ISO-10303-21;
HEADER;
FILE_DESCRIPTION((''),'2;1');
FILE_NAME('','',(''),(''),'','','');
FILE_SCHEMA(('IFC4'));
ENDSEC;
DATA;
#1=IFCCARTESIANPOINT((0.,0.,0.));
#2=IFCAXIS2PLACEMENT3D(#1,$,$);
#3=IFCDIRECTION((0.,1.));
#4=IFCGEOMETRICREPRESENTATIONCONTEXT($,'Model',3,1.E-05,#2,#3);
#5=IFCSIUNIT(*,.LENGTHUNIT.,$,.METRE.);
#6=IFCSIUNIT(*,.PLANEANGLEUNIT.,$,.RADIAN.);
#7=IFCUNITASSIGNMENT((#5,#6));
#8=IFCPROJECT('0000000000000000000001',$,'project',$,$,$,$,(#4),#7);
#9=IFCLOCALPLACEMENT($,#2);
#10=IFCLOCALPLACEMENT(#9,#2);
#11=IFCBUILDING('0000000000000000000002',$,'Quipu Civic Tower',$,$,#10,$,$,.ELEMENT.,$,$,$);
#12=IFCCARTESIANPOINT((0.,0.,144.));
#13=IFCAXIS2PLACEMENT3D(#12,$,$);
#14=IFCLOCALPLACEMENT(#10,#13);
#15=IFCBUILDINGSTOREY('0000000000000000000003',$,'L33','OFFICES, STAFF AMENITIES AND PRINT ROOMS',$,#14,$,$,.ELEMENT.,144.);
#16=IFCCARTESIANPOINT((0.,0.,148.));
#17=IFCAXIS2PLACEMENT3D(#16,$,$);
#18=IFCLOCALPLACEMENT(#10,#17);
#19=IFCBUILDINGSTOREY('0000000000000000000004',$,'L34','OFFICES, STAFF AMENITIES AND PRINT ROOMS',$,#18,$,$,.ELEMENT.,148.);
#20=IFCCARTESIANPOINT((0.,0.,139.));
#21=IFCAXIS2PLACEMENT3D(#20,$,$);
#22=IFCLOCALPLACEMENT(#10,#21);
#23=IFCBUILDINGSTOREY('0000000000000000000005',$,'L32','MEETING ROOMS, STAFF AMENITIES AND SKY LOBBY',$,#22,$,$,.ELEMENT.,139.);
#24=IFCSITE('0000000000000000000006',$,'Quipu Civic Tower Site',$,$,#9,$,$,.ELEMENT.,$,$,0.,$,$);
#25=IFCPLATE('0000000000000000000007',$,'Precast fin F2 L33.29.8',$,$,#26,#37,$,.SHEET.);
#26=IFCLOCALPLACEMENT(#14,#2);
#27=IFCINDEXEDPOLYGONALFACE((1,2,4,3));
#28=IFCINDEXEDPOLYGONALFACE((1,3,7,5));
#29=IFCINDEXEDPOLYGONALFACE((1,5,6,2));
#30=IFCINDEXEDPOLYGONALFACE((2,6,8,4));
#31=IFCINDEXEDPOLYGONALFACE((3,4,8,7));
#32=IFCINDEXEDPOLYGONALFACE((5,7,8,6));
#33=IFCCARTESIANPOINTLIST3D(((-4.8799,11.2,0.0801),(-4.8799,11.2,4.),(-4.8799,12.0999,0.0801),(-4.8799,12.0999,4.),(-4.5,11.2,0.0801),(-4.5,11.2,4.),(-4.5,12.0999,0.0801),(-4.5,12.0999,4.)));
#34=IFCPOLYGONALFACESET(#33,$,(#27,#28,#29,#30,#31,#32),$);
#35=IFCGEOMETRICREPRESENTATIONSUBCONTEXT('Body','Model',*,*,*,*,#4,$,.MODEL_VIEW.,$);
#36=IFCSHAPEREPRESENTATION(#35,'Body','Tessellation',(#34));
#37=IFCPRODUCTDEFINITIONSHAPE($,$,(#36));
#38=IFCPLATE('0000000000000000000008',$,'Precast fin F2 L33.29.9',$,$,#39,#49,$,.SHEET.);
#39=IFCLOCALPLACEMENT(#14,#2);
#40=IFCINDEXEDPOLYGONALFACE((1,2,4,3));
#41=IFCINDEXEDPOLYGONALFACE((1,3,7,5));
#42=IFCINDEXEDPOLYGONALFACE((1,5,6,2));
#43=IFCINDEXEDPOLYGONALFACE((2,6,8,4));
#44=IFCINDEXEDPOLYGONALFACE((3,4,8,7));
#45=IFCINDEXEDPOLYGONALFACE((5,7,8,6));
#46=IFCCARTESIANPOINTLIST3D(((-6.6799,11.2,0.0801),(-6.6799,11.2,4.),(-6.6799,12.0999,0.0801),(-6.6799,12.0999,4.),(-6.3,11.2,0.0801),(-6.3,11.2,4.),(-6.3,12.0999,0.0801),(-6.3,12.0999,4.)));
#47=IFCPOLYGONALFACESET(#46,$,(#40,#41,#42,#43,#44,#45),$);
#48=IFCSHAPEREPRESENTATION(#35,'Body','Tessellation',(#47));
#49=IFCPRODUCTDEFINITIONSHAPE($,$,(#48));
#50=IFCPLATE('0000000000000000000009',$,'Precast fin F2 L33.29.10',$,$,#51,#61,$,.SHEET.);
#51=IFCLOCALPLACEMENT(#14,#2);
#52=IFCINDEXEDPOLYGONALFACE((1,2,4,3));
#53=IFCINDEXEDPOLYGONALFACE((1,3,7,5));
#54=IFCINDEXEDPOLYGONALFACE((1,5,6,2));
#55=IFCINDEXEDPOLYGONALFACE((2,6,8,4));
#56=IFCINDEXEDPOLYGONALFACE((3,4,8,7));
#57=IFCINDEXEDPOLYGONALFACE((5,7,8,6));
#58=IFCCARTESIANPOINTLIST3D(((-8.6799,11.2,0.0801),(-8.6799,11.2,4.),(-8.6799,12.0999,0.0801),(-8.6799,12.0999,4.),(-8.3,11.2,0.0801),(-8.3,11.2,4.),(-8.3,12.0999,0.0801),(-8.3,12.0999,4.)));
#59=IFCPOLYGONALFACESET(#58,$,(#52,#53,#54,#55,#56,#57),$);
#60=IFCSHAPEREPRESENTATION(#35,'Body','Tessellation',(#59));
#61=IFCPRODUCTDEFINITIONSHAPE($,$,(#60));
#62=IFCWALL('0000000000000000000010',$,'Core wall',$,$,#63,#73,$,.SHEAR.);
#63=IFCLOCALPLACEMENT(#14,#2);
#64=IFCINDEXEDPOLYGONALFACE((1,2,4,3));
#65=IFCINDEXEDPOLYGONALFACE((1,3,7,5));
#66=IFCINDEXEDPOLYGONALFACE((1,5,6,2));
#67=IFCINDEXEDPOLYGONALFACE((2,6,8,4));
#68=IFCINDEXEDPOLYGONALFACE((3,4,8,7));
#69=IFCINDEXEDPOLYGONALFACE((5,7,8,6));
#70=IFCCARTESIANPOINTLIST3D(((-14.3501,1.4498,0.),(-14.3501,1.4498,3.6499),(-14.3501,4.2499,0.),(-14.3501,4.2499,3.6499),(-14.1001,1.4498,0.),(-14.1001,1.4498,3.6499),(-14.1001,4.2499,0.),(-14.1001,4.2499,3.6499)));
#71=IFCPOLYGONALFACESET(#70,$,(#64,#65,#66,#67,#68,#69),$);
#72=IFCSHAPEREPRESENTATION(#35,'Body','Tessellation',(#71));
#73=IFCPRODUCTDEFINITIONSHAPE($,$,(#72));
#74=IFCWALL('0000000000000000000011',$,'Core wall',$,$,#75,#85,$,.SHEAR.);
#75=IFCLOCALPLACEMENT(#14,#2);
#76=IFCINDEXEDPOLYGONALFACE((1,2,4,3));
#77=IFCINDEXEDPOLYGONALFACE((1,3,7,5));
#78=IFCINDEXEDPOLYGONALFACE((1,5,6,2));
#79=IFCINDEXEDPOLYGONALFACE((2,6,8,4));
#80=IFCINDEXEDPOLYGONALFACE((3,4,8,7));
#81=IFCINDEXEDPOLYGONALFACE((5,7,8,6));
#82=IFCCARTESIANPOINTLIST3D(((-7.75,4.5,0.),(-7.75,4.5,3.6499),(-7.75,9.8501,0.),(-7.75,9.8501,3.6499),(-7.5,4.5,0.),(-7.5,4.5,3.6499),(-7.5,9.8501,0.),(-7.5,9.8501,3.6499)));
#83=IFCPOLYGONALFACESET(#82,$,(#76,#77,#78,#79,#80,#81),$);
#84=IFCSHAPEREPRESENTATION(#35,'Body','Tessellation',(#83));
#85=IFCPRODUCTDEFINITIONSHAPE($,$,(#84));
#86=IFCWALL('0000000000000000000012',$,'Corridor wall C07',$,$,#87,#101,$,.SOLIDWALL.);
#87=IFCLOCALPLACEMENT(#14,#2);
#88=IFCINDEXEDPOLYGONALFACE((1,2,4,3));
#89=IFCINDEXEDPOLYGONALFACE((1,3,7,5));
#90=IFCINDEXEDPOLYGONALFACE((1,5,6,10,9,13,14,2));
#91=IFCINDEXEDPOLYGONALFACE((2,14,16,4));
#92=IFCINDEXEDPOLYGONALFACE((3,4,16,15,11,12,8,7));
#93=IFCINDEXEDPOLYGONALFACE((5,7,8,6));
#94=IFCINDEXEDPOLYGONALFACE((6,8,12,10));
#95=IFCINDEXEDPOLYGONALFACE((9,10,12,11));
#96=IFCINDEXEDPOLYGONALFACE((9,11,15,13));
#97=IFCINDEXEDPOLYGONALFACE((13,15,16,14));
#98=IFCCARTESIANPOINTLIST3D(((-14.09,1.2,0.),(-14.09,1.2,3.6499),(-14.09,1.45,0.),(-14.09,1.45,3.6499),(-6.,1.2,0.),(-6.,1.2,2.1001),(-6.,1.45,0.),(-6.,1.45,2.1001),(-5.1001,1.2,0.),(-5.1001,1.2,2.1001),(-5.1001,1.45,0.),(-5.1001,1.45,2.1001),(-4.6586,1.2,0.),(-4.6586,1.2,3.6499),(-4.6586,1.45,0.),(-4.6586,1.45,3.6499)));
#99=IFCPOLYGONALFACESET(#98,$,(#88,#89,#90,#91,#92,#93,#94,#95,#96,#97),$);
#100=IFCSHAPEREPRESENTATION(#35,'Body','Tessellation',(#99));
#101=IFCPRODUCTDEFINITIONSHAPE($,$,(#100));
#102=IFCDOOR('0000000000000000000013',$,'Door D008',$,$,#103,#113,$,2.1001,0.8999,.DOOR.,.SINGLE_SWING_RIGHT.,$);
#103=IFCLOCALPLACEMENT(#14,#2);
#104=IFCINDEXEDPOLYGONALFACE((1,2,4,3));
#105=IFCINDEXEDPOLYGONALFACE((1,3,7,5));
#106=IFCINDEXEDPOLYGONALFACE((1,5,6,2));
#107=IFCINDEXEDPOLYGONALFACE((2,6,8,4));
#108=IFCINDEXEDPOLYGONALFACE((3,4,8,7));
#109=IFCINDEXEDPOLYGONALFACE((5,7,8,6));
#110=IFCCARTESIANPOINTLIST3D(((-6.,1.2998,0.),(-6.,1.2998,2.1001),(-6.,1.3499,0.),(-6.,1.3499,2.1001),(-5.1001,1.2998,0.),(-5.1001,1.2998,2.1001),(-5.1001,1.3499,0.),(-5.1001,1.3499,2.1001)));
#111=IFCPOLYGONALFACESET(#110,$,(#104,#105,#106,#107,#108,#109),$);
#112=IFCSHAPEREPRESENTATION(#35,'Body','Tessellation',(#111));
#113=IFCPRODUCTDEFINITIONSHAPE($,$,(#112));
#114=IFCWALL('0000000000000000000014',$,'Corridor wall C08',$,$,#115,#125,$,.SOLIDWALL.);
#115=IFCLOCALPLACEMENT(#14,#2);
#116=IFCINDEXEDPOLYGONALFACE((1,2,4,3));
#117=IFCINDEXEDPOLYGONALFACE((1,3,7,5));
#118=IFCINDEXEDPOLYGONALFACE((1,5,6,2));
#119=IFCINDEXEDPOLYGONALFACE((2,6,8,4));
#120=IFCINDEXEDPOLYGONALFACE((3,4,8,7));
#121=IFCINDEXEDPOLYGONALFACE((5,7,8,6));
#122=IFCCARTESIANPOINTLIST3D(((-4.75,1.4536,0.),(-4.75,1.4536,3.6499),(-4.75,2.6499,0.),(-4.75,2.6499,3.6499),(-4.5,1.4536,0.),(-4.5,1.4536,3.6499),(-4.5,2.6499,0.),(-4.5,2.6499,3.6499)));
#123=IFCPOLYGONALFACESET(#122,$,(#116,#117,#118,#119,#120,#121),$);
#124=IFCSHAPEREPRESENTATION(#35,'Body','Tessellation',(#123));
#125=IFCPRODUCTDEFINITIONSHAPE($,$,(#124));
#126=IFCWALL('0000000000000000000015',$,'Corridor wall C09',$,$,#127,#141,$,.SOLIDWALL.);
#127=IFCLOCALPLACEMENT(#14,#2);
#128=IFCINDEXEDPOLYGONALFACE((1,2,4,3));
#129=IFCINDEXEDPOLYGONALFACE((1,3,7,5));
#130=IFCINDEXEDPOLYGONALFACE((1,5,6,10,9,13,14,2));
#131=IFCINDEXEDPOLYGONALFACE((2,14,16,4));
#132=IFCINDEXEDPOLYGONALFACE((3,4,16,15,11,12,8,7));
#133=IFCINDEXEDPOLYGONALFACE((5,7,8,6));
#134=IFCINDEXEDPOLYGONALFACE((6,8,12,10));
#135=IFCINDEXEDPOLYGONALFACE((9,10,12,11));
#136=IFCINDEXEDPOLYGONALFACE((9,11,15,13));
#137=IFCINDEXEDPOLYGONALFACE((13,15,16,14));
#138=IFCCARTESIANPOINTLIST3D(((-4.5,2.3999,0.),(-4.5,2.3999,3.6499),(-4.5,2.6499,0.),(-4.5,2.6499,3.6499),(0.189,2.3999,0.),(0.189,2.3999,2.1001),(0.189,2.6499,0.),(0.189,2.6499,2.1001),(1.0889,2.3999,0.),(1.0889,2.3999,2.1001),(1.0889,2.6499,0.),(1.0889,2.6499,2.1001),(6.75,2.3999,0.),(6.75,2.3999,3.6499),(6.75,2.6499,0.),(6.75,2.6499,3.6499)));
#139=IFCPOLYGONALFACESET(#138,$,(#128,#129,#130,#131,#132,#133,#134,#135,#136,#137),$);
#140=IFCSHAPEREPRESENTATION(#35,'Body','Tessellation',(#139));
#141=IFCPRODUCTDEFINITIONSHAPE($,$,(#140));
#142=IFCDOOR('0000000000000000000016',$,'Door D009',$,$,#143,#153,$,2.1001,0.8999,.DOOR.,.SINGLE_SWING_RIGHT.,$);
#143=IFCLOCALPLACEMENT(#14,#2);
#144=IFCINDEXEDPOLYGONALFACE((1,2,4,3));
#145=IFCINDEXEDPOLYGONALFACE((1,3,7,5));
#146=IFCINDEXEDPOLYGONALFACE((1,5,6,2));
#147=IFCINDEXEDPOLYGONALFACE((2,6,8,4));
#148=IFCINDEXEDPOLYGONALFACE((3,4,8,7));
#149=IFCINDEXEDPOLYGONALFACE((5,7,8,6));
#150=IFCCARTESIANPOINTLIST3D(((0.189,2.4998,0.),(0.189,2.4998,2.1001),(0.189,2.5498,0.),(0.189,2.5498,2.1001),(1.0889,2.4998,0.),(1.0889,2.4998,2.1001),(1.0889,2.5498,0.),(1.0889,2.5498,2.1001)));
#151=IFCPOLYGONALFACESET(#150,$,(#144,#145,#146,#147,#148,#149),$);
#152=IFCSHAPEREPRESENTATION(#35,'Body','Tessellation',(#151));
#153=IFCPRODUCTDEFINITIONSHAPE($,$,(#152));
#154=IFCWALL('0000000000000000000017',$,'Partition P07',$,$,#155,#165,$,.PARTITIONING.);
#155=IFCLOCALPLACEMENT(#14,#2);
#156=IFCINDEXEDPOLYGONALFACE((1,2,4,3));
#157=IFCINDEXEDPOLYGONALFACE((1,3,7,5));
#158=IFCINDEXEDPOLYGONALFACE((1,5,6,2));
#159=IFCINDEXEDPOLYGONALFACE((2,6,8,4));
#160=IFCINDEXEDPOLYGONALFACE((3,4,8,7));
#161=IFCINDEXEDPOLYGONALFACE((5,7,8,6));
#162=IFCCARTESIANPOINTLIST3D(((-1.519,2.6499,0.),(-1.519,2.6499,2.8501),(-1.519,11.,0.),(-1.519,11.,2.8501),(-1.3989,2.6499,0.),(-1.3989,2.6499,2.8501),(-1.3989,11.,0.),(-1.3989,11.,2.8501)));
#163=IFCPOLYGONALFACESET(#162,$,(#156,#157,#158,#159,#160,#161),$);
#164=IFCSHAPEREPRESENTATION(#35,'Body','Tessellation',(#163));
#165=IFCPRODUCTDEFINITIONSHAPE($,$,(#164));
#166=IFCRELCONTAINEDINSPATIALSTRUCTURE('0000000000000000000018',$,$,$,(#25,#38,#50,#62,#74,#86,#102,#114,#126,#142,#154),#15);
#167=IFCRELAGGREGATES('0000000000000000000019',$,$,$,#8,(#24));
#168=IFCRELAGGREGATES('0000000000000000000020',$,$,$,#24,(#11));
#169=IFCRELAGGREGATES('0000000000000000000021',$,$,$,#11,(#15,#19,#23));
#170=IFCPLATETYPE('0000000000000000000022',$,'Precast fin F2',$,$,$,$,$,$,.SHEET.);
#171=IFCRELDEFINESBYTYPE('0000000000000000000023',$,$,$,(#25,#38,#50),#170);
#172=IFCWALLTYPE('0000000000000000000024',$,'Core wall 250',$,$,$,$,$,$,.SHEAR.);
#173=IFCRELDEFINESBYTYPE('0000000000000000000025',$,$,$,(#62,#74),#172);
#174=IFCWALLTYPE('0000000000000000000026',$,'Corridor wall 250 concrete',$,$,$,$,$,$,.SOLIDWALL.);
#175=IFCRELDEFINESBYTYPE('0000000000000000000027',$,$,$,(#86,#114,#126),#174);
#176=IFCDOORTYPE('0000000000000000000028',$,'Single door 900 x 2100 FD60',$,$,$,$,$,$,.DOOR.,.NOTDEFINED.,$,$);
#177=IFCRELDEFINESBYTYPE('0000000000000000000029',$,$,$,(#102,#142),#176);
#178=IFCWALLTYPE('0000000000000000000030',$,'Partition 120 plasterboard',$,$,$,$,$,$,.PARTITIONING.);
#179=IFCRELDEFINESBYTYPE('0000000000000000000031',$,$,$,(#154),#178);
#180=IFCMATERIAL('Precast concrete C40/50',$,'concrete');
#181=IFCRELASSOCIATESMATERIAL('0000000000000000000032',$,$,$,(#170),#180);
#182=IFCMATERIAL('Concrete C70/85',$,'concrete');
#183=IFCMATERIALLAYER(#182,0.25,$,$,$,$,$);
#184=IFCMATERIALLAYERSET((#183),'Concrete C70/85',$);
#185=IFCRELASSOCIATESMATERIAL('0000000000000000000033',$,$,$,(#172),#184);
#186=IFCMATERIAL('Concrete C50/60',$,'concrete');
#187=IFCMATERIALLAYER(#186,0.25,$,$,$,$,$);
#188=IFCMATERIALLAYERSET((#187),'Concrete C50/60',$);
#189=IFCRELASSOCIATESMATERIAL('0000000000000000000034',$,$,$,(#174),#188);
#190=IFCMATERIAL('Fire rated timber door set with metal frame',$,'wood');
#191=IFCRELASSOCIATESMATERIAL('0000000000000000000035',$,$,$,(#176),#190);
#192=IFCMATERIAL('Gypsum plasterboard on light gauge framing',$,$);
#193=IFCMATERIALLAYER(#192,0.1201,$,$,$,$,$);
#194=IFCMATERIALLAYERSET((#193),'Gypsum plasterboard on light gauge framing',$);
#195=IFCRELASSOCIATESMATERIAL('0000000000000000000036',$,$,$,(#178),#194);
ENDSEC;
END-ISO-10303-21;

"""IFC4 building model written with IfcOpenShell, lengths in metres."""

from ifc_helpers import new_model, si_unit, direction, frame, frame_2d, origin, origin_2d, place, context, subcontext, project, spatial, rectangle, extrude, material, layer, layer_set, type_object, element, fill, save


model = new_model("IFC4")

# Units and contexts
model_context = context("Model", 3, precision=1e-05, world=origin(), true_north=direction((0.0, 1.0)))
body_context = subcontext(model_context, "Body", "Model", "MODEL_VIEW")
ifc_project = project(units=[si_unit("LENGTHUNIT", "METRE"), si_unit("PLANEANGLEUNIT", "RADIAN")], contexts=[model_context])

# Site, building, storey
site_placement = place(None, origin())
site = spatial("IfcSite", under=ifc_project, at=site_placement, Name="Quipu Civic Tower Site", CompositionType="ELEMENT", RefElevation=0.0)
building_placement = place(site_placement, origin())
building = spatial("IfcBuilding", under=site, at=building_placement, Name="Quipu Civic Tower", CompositionType="ELEMENT")
storey_1_placement = place(building_placement, frame((0.0, 0.0, 144.0)))
storey_1 = spatial("IfcBuildingStorey", under=building, at=storey_1_placement, Name="L33", Description="OFFICES, STAFF AMENITIES AND PRINT ROOMS", CompositionType="ELEMENT", Elevation=144.0)

# Shared definitions
storey_2_placement = place(building_placement, frame((0.0, 0.0, 148.0)))
storey_2 = spatial("IfcBuildingStorey", under=building, at=storey_2_placement, Name="L34", Description="OFFICES, STAFF AMENITIES AND PRINT ROOMS", CompositionType="ELEMENT", Elevation=148.0)

# Shared definitions
storey_3_placement = place(building_placement, frame((0.0, 0.0, 139.0)))
storey_3 = spatial("IfcBuildingStorey", under=building, at=storey_3_placement, Name="L32", Description="MEETING ROOMS, STAFF AMENITIES AND SKY LOBBY", CompositionType="ELEMENT", Elevation=139.0)

# Plates
ifc_material_1 = material(Name="Precast concrete C40/50", Category="concrete")
plate_type_1 = type_object("IfcPlateType", Name="Precast fin F2", PredefinedType="SHEET", material=ifc_material_1)
for number, where, z_axis, x_axis, name in (
    (1, (-4.6899, 11.6499, 0.0801), (0.0, 0.0, 1.0), (-1.0, 0.0, 0.0), "Precast fin F2 L33.29.8"),
    (2, (-6.49, 11.6499, 0.0801), (0.0, 0.0, 1.0), (-1.0, 0.0, 0.0), "Precast fin F2 L33.29.9"),
    (3, (-8.49, 11.6499, 0.0801), (0.0, 0.0, 1.0), (-1.0, 0.0, 0.0), "Precast fin F2 L33.29.10"),
):
    element("IfcPlate", number, at=place(storey_1_placement, frame(where, z_axis=z_axis, x_axis=x_axis)), inside=storey_1, type_object=plate_type_1, Name=name, PredefinedType="SHEET", context=body_context, shape_type="SweptSolid", body=[
        extrude(rectangle(XDim=0.3799, YDim=0.8999, at=origin_2d()), origin(), (0.0, 0.0, 1.0), 3.9199),
    ])

# Walls
ifc_material_2 = material(Name="Concrete C70/85", Category="concrete")
ifc_layer_1 = layer(ifc_material_2, 0.25)
ifc_layer_set_1 = layer_set([ifc_layer_1], Name="Concrete C70/85")
wall_type_1 = type_object("IfcWallType", Name="Core wall 250", PredefinedType="SHEAR", material=ifc_layer_set_1)
wall_1_placement = place(storey_1_placement, frame((-14.2251, 1.45, 0.0), z_axis=(0.0, 0.0, 1.0), x_axis=(0.0, 1.0, 0.0)))
element("IfcWall", 4, at=wall_1_placement, inside=storey_1, type_object=wall_type_1, Name="Core wall", PredefinedType="SHEAR", context=body_context, shape_type="SweptSolid", body=[
    extrude(rectangle(XDim=2.8, YDim=0.25, at=frame_2d((1.3999, 0.0))), origin(), (0.0, 0.0, 1.0), 3.6499),
])
wall_2_placement = place(storey_1_placement, frame((-7.625, 4.5, 0.0), z_axis=(0.0, 0.0, 1.0), x_axis=(0.0, 1.0, 0.0)))
element("IfcWall", 5, at=wall_2_placement, inside=storey_1, type_object=wall_type_1, Name="Core wall", PredefinedType="SHEAR", context=body_context, shape_type="SweptSolid", body=[
    extrude(rectangle(XDim=5.3501, YDim=0.25, at=frame_2d((2.675, 0.0))), origin(), (0.0, 0.0, 1.0), 3.6499),
])

# Wall, opening, door
ifc_material_3 = material(Name="Concrete C50/60", Category="concrete")
ifc_layer_2 = layer(ifc_material_3, 0.25)
ifc_layer_set_2 = layer_set([ifc_layer_2], Name="Concrete C50/60")
wall_type_2 = type_object("IfcWallType", Name="Corridor wall 250 concrete", PredefinedType="SOLIDWALL", material=ifc_layer_set_2)
wall_3_placement = place(storey_1_placement, frame((-14.0901, 1.325, 0.0), z_axis=(0.0, 0.0, 1.0), x_axis=(1.0, 0.0, 0.0)))
wall_3 = element("IfcWall", 6, at=wall_3_placement, inside=storey_1, type_object=wall_type_2, Name="Corridor wall C07", PredefinedType="SOLIDWALL", context=body_context, shape_type="SweptSolid", body=[
    extrude(rectangle(XDim=9.4314, YDim=0.25, at=frame_2d((4.7158, 0.0))), origin(), (0.0, 0.0, 1.0), 3.6499),
])
opening_1_placement = place(wall_3_placement, frame((8.0901, 0.0, 0.0)))
opening_1 = element("IfcOpeningElement", 7, at=opening_1_placement, cuts=wall_3, PredefinedType="OPENING", context=body_context, shape_type="SweptSolid", body=[
    extrude(rectangle(XDim=0.8999, YDim=2.1001, at=frame_2d((0.45, 1.05))), frame((0.0, 0.135, 0.0), z_axis=(0.0, -1.0, 0.0), x_axis=(1.0, 0.0, 0.0)), (0.0, 0.0, 1.0), 0.27),
])
ifc_material_4 = material(Name="Fire rated timber door set with metal frame", Category="wood")
door_type = type_object("IfcDoorType", Name="Single door 900 x 2100 FD60", OperationType="NOTDEFINED", PredefinedType="DOOR", material=ifc_material_4)
door_1_placement = place(opening_1_placement, origin())
door_1 = element("IfcDoor", 8, at=door_1_placement, inside=storey_1, type_object=door_type, Name="Door D008", OperationType="SINGLE_SWING_RIGHT", OverallHeight=2.1001, OverallWidth=0.8999, PredefinedType="DOOR", context=body_context, shape_type="SweptSolid", body=[
    extrude(rectangle(XDim=0.8999, YDim=2.1001, at=frame_2d((0.45, 1.05))), frame((0.0, 0.0249, 0.0), z_axis=(0.0, -1.0, 0.0), x_axis=(1.0, 0.0, 0.0)), (0.0, 0.0, 1.0), 0.05),
])
fill(opening_1, door_1)

# Wall
wall_4_placement = place(storey_1_placement, frame((-4.625, 1.4536, 0.0), z_axis=(0.0, 0.0, 1.0), x_axis=(0.0, 1.0, 0.0)))
element("IfcWall", 9, at=wall_4_placement, inside=storey_1, type_object=wall_type_2, Name="Corridor wall C08", PredefinedType="SOLIDWALL", context=body_context, shape_type="SweptSolid", body=[
    extrude(rectangle(XDim=1.1963, YDim=0.25, at=frame_2d((0.5981, 0.0))), origin(), (0.0, 0.0, 1.0), 3.6499),
])

# Wall, opening, door
wall_5_placement = place(storey_1_placement, frame((-4.5, 2.5249, 0.0), z_axis=(0.0, 0.0, 1.0), x_axis=(1.0, 0.0, 0.0)))
wall_5 = element("IfcWall", 10, at=wall_5_placement, inside=storey_1, type_object=wall_type_2, Name="Corridor wall C09", PredefinedType="SOLIDWALL", context=body_context, shape_type="SweptSolid", body=[
    extrude(rectangle(XDim=11.25, YDim=0.25, at=frame_2d((5.625, 0.0))), origin(), (0.0, 0.0, 1.0), 3.6499),
])
opening_2_placement = place(wall_5_placement, frame((4.689, 0.0, 0.0)))
opening_2 = element("IfcOpeningElement", 11, at=opening_2_placement, cuts=wall_5, PredefinedType="OPENING", context=body_context, shape_type="SweptSolid", body=[
    extrude(rectangle(XDim=0.8999, YDim=2.1001, at=frame_2d((0.45, 1.05))), frame((0.0, 0.135, 0.0), z_axis=(0.0, -1.0, 0.0), x_axis=(1.0, 0.0, 0.0)), (0.0, 0.0, 1.0), 0.27),
])
door_2_placement = place(opening_2_placement, origin())
door_2 = element("IfcDoor", 12, at=door_2_placement, inside=storey_1, type_object=door_type, Name="Door D009", OperationType="SINGLE_SWING_RIGHT", OverallHeight=2.1001, OverallWidth=0.8999, PredefinedType="DOOR", context=body_context, shape_type="SweptSolid", body=[
    extrude(rectangle(XDim=0.8999, YDim=2.1001, at=frame_2d((0.45, 1.05))), frame((0.0, 0.0249, 0.0), z_axis=(0.0, -1.0, 0.0), x_axis=(1.0, 0.0, 0.0)), (0.0, 0.0, 1.0), 0.05),
])
fill(opening_2, door_2)

# Wall
ifc_material_5 = material(Name="Gypsum plasterboard on light gauge framing")
ifc_layer_3 = layer(ifc_material_5, 0.1201)
ifc_layer_set_3 = layer_set([ifc_layer_3], Name="Gypsum plasterboard on light gauge framing")
wall_type_3 = type_object("IfcWallType", Name="Partition 120 plasterboard", PredefinedType="PARTITIONING", material=ifc_layer_set_3)
wall_6_placement = place(storey_1_placement, frame((-1.459, 2.6499, 0.0), z_axis=(0.0, 0.0, 1.0), x_axis=(0.0, 1.0, 0.0)))
element("IfcWall", 13, at=wall_6_placement, inside=storey_1, type_object=wall_type_3, Name="Partition P07", PredefinedType="PARTITIONING", context=body_context, shape_type="SweptSolid", body=[
    extrude(rectangle(XDim=8.3501, YDim=0.1201, at=frame_2d((4.175, 0.0))), origin(), (0.0, 0.0, 1.0), 2.8501),
])

save(model, "model.ifc")
